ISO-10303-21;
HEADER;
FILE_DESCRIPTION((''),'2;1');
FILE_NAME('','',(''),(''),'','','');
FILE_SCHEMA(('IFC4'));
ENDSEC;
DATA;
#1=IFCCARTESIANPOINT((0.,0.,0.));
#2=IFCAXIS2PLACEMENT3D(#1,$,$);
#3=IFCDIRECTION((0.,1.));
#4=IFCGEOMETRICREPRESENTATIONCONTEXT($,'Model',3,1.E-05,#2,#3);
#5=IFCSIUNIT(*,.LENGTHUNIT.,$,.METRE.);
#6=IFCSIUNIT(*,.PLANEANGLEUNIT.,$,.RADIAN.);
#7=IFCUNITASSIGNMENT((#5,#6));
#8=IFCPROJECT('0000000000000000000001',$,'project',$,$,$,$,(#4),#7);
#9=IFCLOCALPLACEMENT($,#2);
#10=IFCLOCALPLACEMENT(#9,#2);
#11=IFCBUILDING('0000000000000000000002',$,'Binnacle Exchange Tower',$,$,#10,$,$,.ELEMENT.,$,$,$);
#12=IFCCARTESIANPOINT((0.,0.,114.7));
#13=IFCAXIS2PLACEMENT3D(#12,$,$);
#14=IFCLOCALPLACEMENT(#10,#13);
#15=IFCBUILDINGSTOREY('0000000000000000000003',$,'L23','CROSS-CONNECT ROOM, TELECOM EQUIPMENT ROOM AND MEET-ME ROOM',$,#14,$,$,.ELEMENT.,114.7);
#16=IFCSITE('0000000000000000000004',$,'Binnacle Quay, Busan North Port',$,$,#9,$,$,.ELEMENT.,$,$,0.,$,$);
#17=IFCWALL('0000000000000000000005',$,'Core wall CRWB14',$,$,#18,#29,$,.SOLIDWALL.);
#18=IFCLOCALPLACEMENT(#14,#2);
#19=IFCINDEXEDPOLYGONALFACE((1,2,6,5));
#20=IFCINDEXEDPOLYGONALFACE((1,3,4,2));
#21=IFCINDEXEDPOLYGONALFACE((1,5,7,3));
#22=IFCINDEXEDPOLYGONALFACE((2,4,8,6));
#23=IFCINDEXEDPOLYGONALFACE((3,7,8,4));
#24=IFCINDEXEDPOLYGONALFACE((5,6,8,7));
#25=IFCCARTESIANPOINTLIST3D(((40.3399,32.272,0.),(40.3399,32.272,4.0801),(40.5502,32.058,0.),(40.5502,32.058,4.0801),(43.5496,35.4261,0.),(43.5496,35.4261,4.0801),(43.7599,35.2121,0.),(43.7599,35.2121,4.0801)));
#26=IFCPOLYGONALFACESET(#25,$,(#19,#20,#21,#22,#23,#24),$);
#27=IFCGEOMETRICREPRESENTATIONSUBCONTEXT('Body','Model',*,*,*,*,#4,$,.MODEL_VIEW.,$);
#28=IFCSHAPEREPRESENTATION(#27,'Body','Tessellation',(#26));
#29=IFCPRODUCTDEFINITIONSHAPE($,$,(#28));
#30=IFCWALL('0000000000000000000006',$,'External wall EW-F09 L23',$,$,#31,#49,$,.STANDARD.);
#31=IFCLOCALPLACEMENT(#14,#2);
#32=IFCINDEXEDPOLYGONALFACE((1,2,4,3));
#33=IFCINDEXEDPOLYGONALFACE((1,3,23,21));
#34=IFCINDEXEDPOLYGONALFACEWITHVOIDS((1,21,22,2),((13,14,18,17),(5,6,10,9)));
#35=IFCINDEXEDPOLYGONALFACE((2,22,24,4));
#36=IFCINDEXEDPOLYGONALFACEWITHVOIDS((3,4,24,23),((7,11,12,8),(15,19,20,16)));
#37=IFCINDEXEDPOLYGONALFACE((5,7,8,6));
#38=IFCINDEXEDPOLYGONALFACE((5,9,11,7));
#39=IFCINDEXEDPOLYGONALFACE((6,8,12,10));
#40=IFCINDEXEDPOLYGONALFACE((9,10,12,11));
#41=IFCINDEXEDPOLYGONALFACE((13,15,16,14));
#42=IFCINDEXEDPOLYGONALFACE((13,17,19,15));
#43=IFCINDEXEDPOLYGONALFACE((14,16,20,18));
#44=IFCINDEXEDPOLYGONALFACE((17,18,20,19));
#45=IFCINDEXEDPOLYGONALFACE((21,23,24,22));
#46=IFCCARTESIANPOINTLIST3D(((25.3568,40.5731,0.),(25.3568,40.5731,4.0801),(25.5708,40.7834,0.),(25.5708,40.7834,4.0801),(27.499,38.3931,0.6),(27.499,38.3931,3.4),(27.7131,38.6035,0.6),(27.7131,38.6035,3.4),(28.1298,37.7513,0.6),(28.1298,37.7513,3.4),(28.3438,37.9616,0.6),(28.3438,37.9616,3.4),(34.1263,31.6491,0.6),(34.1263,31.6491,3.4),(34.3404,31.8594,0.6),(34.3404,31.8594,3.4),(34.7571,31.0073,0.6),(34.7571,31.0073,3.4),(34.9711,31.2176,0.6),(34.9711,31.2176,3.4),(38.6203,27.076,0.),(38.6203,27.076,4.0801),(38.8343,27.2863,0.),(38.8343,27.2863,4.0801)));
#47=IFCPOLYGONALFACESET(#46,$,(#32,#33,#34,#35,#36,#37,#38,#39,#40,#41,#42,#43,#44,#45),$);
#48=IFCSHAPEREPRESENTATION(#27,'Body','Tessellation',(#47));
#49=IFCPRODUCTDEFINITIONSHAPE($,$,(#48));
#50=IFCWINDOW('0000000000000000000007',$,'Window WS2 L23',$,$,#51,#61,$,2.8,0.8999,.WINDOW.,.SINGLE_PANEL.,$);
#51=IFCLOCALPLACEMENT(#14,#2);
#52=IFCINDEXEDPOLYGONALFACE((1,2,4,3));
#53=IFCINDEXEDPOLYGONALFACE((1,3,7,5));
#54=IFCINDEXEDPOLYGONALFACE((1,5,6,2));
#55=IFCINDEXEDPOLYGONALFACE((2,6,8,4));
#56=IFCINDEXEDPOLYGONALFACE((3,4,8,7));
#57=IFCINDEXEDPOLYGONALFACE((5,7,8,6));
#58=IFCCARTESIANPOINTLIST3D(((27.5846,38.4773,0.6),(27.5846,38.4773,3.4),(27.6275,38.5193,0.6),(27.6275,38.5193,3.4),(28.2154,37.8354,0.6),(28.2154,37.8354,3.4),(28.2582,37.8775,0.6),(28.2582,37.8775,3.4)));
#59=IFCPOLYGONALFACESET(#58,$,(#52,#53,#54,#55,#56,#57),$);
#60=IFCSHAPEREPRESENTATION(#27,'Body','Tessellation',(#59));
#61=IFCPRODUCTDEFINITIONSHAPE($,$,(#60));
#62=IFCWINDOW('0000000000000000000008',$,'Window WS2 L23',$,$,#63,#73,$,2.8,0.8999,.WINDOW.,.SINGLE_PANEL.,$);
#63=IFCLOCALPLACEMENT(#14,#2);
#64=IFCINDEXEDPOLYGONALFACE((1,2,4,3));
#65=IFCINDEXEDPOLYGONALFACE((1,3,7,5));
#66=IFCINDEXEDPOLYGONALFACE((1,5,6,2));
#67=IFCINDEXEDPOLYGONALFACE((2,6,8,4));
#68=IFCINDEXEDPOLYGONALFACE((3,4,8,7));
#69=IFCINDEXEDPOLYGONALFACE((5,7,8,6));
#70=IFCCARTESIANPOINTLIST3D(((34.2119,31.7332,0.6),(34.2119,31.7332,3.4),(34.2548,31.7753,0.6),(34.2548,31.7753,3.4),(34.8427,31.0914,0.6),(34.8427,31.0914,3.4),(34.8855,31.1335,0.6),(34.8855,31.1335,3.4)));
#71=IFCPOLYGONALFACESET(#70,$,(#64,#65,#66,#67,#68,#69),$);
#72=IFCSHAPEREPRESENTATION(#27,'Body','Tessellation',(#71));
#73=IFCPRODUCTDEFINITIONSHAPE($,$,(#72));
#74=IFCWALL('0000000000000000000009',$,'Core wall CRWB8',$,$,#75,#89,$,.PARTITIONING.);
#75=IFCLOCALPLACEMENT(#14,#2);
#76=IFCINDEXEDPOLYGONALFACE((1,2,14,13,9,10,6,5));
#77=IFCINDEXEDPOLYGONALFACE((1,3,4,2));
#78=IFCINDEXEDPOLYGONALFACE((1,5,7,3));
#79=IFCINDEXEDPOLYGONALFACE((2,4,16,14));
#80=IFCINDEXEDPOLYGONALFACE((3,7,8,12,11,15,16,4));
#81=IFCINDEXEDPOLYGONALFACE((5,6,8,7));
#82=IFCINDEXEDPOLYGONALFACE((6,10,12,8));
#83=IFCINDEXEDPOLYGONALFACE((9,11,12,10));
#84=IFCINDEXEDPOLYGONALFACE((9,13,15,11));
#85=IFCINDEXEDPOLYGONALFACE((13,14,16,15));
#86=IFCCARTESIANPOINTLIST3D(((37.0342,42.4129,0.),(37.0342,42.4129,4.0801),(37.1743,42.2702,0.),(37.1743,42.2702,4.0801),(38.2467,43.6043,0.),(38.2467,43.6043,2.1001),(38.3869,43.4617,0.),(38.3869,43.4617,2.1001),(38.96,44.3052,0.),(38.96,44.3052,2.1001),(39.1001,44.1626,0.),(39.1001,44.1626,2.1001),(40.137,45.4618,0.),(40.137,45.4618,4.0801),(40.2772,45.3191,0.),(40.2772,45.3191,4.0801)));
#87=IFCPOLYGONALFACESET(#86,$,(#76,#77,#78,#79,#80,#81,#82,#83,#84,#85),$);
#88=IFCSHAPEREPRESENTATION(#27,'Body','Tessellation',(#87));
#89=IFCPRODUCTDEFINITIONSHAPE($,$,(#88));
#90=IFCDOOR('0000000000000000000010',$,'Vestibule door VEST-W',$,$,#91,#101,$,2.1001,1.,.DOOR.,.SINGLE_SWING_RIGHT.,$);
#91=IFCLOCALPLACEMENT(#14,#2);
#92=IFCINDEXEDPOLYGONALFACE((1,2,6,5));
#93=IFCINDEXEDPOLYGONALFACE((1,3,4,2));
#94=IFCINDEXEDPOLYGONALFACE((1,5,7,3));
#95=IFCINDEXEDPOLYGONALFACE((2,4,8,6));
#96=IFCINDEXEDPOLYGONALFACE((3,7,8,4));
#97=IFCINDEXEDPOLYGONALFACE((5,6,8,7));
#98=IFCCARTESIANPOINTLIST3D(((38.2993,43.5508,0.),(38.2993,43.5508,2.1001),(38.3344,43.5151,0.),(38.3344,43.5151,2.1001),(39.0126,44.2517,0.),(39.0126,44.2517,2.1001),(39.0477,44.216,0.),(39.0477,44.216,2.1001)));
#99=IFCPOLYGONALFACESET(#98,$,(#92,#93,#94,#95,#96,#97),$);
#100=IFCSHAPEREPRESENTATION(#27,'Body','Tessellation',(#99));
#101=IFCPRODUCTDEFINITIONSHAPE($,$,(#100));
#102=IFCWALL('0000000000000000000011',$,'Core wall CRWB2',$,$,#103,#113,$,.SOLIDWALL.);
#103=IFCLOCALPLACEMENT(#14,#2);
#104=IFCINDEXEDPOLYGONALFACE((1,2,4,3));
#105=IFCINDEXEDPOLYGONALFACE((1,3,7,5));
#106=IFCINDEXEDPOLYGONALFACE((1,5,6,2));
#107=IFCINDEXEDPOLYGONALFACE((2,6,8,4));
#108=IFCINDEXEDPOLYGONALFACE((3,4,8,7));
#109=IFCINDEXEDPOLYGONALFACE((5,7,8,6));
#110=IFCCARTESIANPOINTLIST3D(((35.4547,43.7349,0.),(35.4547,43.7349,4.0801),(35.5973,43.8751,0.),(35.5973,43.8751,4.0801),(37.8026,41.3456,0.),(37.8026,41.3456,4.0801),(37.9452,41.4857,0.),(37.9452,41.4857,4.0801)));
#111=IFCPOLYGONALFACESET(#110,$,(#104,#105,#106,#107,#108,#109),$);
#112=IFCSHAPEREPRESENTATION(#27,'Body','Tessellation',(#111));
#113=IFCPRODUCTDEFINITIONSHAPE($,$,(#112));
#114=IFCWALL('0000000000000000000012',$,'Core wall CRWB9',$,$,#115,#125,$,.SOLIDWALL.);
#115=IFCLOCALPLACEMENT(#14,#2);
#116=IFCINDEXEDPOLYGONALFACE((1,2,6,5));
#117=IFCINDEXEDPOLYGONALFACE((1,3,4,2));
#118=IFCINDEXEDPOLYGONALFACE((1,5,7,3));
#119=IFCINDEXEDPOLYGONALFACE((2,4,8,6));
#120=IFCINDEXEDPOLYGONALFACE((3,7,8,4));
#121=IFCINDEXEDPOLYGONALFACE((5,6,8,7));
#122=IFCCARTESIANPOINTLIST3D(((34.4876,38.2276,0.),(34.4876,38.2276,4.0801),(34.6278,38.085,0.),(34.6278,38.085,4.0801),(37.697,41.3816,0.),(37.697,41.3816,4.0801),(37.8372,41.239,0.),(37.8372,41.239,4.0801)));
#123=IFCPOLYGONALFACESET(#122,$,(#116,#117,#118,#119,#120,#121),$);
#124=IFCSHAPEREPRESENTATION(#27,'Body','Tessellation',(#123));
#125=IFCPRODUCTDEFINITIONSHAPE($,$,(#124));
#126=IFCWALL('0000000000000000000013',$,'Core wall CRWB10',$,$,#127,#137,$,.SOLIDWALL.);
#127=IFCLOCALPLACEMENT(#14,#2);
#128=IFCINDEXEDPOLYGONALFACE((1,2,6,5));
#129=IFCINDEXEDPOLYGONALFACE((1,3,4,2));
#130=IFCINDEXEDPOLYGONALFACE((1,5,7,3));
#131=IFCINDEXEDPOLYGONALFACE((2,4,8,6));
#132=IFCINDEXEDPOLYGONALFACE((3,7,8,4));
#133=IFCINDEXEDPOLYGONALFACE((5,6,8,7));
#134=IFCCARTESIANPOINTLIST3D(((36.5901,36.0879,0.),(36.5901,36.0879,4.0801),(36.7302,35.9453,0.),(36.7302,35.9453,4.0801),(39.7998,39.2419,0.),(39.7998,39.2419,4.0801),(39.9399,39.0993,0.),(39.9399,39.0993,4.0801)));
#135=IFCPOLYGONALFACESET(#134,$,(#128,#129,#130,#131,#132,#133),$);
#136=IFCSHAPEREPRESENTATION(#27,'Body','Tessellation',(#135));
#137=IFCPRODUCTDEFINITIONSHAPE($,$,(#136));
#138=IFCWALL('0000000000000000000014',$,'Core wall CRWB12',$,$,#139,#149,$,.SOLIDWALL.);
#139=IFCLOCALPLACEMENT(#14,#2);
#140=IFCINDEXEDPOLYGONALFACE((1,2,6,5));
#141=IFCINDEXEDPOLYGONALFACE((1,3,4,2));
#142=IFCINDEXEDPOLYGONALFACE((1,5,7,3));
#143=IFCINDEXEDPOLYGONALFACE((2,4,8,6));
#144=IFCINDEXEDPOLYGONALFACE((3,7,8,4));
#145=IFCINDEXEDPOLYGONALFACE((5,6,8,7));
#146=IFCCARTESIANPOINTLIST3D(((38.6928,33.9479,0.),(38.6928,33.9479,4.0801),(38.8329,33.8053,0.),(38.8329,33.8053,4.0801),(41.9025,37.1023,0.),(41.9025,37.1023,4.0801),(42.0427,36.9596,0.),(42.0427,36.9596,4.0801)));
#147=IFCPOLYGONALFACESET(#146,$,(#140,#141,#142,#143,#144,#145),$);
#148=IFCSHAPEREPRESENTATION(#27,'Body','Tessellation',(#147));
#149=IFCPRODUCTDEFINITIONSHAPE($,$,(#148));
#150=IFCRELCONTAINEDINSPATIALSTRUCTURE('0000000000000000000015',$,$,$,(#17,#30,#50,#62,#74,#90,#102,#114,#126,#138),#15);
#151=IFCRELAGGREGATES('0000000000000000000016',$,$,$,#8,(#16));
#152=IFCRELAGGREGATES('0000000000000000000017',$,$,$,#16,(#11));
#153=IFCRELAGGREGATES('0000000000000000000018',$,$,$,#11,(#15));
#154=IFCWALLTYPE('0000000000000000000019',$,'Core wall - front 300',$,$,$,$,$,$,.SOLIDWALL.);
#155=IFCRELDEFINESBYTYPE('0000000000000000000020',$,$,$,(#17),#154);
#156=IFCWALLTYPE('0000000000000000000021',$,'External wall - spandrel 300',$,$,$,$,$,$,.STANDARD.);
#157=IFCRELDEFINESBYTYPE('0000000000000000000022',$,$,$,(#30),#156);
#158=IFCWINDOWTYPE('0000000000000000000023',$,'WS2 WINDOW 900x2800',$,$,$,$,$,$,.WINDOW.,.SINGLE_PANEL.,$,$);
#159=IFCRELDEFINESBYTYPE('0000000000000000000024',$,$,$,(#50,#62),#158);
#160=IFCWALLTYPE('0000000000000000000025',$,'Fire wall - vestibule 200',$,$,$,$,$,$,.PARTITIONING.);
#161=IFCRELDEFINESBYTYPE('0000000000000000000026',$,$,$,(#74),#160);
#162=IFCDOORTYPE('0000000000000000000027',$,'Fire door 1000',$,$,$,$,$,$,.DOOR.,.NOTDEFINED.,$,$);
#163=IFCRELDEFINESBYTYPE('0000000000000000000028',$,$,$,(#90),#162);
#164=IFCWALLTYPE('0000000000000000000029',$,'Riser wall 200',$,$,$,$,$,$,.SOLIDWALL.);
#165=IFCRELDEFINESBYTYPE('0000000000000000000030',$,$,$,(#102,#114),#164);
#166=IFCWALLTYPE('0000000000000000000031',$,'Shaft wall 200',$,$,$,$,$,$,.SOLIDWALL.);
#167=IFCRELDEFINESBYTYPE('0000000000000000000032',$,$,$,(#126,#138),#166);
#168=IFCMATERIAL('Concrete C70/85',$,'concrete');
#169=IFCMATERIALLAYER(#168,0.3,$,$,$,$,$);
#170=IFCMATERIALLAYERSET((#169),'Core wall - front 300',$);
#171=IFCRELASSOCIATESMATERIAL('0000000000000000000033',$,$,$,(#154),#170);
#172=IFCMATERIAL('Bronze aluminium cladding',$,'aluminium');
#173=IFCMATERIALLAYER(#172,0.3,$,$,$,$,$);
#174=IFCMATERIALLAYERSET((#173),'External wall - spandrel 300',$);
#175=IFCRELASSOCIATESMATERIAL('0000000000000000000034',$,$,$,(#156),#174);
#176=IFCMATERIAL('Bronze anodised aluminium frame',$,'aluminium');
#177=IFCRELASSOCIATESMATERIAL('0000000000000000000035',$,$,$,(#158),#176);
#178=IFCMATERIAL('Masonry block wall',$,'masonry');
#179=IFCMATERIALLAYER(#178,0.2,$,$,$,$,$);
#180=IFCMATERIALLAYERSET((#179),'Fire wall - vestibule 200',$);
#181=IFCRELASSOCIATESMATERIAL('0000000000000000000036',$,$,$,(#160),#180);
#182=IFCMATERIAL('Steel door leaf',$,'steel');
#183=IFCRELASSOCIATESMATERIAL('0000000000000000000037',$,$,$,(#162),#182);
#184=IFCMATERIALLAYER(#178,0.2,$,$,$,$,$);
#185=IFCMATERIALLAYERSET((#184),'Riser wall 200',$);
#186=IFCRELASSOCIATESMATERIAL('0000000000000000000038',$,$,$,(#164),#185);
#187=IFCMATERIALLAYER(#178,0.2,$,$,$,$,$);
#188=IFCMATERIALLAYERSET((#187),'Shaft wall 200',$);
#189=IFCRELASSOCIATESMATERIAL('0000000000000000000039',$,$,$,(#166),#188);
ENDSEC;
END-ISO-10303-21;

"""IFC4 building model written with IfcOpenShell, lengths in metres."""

from ifc_helpers import new_model, si_unit, direction, frame, frame_2d, origin, place, context, subcontext, project, spatial, rectangle, extrude, material, layer, layer_set, type_object, element, fill, save


model = new_model("IFC4")

# Units and contexts
model_context = context("Model", 3, precision=1e-05, world=origin(), true_north=direction((0.0, 1.0)))
body_context = subcontext(model_context, "Body", "Model", "MODEL_VIEW")
ifc_project = project(units=[si_unit("LENGTHUNIT", "METRE"), si_unit("PLANEANGLEUNIT", "RADIAN")], contexts=[model_context])

# Site, building, storey
site_placement = place(None, origin())
site = spatial("IfcSite", under=ifc_project, at=site_placement, Name="Binnacle Quay, Busan North Port", CompositionType="ELEMENT", RefElevation=0.0)
building_placement = place(site_placement, origin())
building = spatial("IfcBuilding", under=site, at=building_placement, Name="Binnacle Exchange Tower", CompositionType="ELEMENT")
storey_placement = place(building_placement, frame((0.0, 0.0, 114.7)))
storey = spatial("IfcBuildingStorey", under=building, at=storey_placement, Name="L23", Description="CROSS-CONNECT ROOM, TELECOM EQUIPMENT ROOM AND MEET-ME ROOM", CompositionType="ELEMENT", Elevation=114.7)

# Shared definitions
ifc_material_1 = material(Name="Concrete C70/85", Category="concrete")

# Shared definitions
ifc_layer_1 = layer(ifc_material_1, 0.3)
ifc_layer_set_1 = layer_set([ifc_layer_1], Name="Core wall - front 300")
wall_type_1 = type_object("IfcWallType", Name="Core wall - front 300", PredefinedType="SOLIDWALL", material=ifc_layer_set_1)
ifc_material_2 = material(Name="Steel door leaf", Category="steel")

# Wall
wall_1_placement = place(storey_placement, frame((40.4451, 32.165, 0.0), z_axis=(0.0, 0.0, 1.0), x_axis=(0.713265, 0.700895, 0.0)))
element("IfcWall", 1, at=wall_1_placement, inside=storey, type_object=wall_type_1, Name="Core wall CRWB14", PredefinedType="SOLIDWALL", context=body_context, shape_type="SweptSolid", body=[
    extrude(rectangle(XDim=4.5, YDim=0.3, at=frame_2d((2.25, 0.0))), origin(), (0.0, 0.0, 1.0), 4.0801),
])

# Wall, openings, windows
ifc_material_3 = material(Name="Bronze aluminium cladding", Category="aluminium")
ifc_layer_2 = layer(ifc_material_3, 0.3)
ifc_layer_set_2 = layer_set([ifc_layer_2], Name="External wall - spandrel 300")
wall_type_2 = type_object("IfcWallType", Name="External wall - spandrel 300", PredefinedType="STANDARD", material=ifc_layer_set_2)
wall_2_placement = place(storey_placement, frame((38.7273, 27.1812, 0.0), z_axis=(0.0, 0.0, 1.0), x_axis=(-0.700906, 0.713253, 0.0)))
wall_2 = element("IfcWall", 2, at=wall_2_placement, inside=storey, type_object=wall_type_2, Name="External wall EW-F09 L23", PredefinedType="STANDARD", context=body_context, shape_type="SweptSolid", body=[
    extrude(rectangle(XDim=18.9233, YDim=0.3, at=frame_2d((9.4617, 0.0))), origin(), (0.0, 0.0, 1.0), 4.0801),
])
opening_1_placement = place(wall_2_placement, frame((14.967, 0.0, 0.6001)))
opening_1 = element("IfcOpeningElement", 3, at=opening_1_placement, cuts=wall_2, PredefinedType="OPENING", context=body_context, shape_type="SweptSolid", body=[
    extrude(rectangle(XDim=0.8999, YDim=2.8, at=frame_2d((0.45, 1.3999))), frame((0.0, 0.1599, 0.0), z_axis=(0.0, -1.0, 0.0), x_axis=(1.0, 0.0, 0.0)), (0.0, 0.0, 1.0), 0.3201),
])
opening_2_placement = place(wall_2_placement, frame((5.5117, 0.0, 0.6001)))
opening_2 = element("IfcOpeningElement", 4, at=opening_2_placement, cuts=wall_2, PredefinedType="OPENING", context=body_context, shape_type="SweptSolid", body=[
    extrude(rectangle(XDim=0.8999, YDim=2.8, at=frame_2d((0.45, 1.3999))), frame((0.0, 0.1599, 0.0), z_axis=(0.0, -1.0, 0.0), x_axis=(1.0, 0.0, 0.0)), (0.0, 0.0, 1.0), 0.3201),
])
ifc_material_4 = material(Name="Bronze anodised aluminium frame", Category="aluminium")
window_type = type_object("IfcWindowType", Name="WS2 WINDOW 900x2800", PartitioningType="SINGLE_PANEL", PredefinedType="WINDOW", material=ifc_material_4)
window_1_placement = place(opening_1_placement, origin())
window_1 = element("IfcWindow", 5, at=window_1_placement, inside=storey, type_object=window_type, Name="Window WS2 L23", OverallHeight=2.8, OverallWidth=0.8999, PartitioningType="SINGLE_PANEL", PredefinedType="WINDOW", context=body_context, shape_type="SweptSolid", body=[
    extrude(rectangle(XDim=0.8999, YDim=2.8, at=frame_2d((0.45, 1.3999))), frame((0.0, 0.03, 0.0), z_axis=(0.0, -1.0, 0.0), x_axis=(1.0, 0.0, 0.0)), (0.0, 0.0, 1.0), 0.0601),
])
fill(opening_1, window_1)
window_2_placement = place(opening_2_placement, origin())
window_2 = element("IfcWindow", 6, at=window_2_placement, inside=storey, type_object=window_type, Name="Window WS2 L23", OverallHeight=2.8, OverallWidth=0.8999, PartitioningType="SINGLE_PANEL", PredefinedType="WINDOW", context=body_context, shape_type="SweptSolid", body=[
    extrude(rectangle(XDim=0.8999, YDim=2.8, at=frame_2d((0.45, 1.3999))), frame((0.0, 0.03, 0.0), z_axis=(0.0, -1.0, 0.0), x_axis=(1.0, 0.0, 0.0)), (0.0, 0.0, 1.0), 0.0601),
])
fill(opening_2, window_2)

# Wall, opening, door
ifc_material_5 = material(Name="Masonry block wall", Category="masonry")
ifc_layer_3 = layer(ifc_material_5, 0.2)
ifc_layer_set_3 = layer_set([ifc_layer_3], Name="Fire wall - vestibule 200")
wall_type_3 = type_object("IfcWallType", Name="Fire wall - vestibule 200", PredefinedType="PARTITIONING", material=ifc_layer_set_3)
wall_3_placement = place(storey_placement, frame((37.1042, 42.3416, 0.0), z_axis=(0.0, 0.0, 1.0), x_axis=(0.713281, 0.700878, 0.0)))
wall_3 = element("IfcWall", 7, at=wall_3_placement, inside=storey, type_object=wall_type_3, Name="Core wall CRWB8", PredefinedType="PARTITIONING", context=body_context, shape_type="SweptSolid", body=[
    extrude(rectangle(XDim=4.3501, YDim=0.2, at=frame_2d((2.175, 0.0))), origin(), (0.0, 0.0, 1.0), 4.0801),
])
opening_3_placement = place(wall_3_placement, frame((1.7, 0.0, 0.0)))
opening_3 = element("IfcOpeningElement", 8, at=opening_3_placement, cuts=wall_3, PredefinedType="OPENING", context=body_context, shape_type="SweptSolid", body=[
    extrude(rectangle(XDim=1.0, YDim=2.1001, at=frame_2d((0.5, 1.05))), frame((0.0, 0.1099, 0.0), z_axis=(0.0, -1.0, 0.0), x_axis=(1.0, 0.0, 0.0)), (0.0, 0.0, 1.0), 0.22),
])
door_type_1 = type_object("IfcDoorType", Name="Fire door 1000", OperationType="NOTDEFINED", PredefinedType="DOOR", material=ifc_material_2)
door_1_placement = place(opening_3_placement, origin())
door_1 = element("IfcDoor", 9, at=door_1_placement, inside=storey, type_object=door_type_1, Name="Vestibule door VEST-W", OperationType="SINGLE_SWING_RIGHT", OverallHeight=2.1001, OverallWidth=1.0, PredefinedType="DOOR", context=body_context, shape_type="SweptSolid", body=[
    extrude(rectangle(XDim=1.0, YDim=2.1001, at=frame_2d((0.5, 1.05))), frame((0.0, 0.0249, 0.0), z_axis=(0.0, -1.0, 0.0), x_axis=(1.0, 0.0, 0.0)), (0.0, 0.0, 1.0), 0.05),
])
fill(opening_3, door_1)

# Walls
ifc_layer_4 = layer(ifc_material_5, 0.2)
ifc_layer_set_4 = layer_set([ifc_layer_4], Name="Riser wall 200")
wall_type_4 = type_object("IfcWallType", Name="Riser wall 200", PredefinedType="SOLIDWALL", material=ifc_layer_set_4)
wall_4_placement = place(storey_placement, frame((35.5261, 43.8049, 0.0), z_axis=(0.0, 0.0, 1.0), x_axis=(0.700885, -0.713274, 0.0)))
element("IfcWall", 10, at=wall_4_placement, inside=storey, type_object=wall_type_4, Name="Core wall CRWB2", PredefinedType="SOLIDWALL", context=body_context, shape_type="SweptSolid", body=[
    extrude(rectangle(XDim=3.3499, YDim=0.2, at=frame_2d((1.6748, 0.0))), origin(), (0.0, 0.0, 1.0), 4.0801),
])
wall_5_placement = place(storey_placement, frame((34.5576, 38.1562, 0.0), z_axis=(0.0, 0.0, 1.0), x_axis=(0.713238, 0.700922, 0.0)))
element("IfcWall", 11, at=wall_5_placement, inside=storey, type_object=wall_type_4, Name="Core wall CRWB9", PredefinedType="SOLIDWALL", context=body_context, shape_type="SweptSolid", body=[
    extrude(rectangle(XDim=4.4998, YDim=0.2, at=frame_2d((2.25, 0.0))), origin(), (0.0, 0.0, 1.0), 4.0801),
])
ifc_layer_5 = layer(ifc_material_5, 0.2)
ifc_layer_set_5 = layer_set([ifc_layer_5], Name="Shaft wall 200")
wall_type_5 = type_object("IfcWallType", Name="Shaft wall 200", PredefinedType="SOLIDWALL", material=ifc_layer_set_5)
wall_6_placement = place(storey_placement, frame((36.6602, 36.0166, 0.0), z_axis=(0.0, 0.0, 1.0), x_axis=(0.713265, 0.700895, 0.0)))
element("IfcWall", 12, at=wall_6_placement, inside=storey, type_object=wall_type_5, Name="Core wall CRWB10", PredefinedType="SOLIDWALL", context=body_context, shape_type="SweptSolid", body=[
    extrude(rectangle(XDim=4.5, YDim=0.2, at=frame_2d((2.25, 0.0))), origin(), (0.0, 0.0, 1.0), 4.0801),
])
wall_7_placement = place(storey_placement, frame((38.7629, 33.8767, 0.0), z_axis=(0.0, 0.0, 1.0), x_axis=(0.713237, 0.700922, 0.0)))
element("IfcWall", 13, at=wall_7_placement, inside=storey, type_object=wall_type_5, Name="Core wall CRWB12", PredefinedType="SOLIDWALL", context=body_context, shape_type="SweptSolid", body=[
    extrude(rectangle(XDim=4.5002, YDim=0.2, at=frame_2d((2.25, 0.0))), origin(), (0.0, 0.0, 1.0), 4.0801),
])

save(model, "model.ifc")
